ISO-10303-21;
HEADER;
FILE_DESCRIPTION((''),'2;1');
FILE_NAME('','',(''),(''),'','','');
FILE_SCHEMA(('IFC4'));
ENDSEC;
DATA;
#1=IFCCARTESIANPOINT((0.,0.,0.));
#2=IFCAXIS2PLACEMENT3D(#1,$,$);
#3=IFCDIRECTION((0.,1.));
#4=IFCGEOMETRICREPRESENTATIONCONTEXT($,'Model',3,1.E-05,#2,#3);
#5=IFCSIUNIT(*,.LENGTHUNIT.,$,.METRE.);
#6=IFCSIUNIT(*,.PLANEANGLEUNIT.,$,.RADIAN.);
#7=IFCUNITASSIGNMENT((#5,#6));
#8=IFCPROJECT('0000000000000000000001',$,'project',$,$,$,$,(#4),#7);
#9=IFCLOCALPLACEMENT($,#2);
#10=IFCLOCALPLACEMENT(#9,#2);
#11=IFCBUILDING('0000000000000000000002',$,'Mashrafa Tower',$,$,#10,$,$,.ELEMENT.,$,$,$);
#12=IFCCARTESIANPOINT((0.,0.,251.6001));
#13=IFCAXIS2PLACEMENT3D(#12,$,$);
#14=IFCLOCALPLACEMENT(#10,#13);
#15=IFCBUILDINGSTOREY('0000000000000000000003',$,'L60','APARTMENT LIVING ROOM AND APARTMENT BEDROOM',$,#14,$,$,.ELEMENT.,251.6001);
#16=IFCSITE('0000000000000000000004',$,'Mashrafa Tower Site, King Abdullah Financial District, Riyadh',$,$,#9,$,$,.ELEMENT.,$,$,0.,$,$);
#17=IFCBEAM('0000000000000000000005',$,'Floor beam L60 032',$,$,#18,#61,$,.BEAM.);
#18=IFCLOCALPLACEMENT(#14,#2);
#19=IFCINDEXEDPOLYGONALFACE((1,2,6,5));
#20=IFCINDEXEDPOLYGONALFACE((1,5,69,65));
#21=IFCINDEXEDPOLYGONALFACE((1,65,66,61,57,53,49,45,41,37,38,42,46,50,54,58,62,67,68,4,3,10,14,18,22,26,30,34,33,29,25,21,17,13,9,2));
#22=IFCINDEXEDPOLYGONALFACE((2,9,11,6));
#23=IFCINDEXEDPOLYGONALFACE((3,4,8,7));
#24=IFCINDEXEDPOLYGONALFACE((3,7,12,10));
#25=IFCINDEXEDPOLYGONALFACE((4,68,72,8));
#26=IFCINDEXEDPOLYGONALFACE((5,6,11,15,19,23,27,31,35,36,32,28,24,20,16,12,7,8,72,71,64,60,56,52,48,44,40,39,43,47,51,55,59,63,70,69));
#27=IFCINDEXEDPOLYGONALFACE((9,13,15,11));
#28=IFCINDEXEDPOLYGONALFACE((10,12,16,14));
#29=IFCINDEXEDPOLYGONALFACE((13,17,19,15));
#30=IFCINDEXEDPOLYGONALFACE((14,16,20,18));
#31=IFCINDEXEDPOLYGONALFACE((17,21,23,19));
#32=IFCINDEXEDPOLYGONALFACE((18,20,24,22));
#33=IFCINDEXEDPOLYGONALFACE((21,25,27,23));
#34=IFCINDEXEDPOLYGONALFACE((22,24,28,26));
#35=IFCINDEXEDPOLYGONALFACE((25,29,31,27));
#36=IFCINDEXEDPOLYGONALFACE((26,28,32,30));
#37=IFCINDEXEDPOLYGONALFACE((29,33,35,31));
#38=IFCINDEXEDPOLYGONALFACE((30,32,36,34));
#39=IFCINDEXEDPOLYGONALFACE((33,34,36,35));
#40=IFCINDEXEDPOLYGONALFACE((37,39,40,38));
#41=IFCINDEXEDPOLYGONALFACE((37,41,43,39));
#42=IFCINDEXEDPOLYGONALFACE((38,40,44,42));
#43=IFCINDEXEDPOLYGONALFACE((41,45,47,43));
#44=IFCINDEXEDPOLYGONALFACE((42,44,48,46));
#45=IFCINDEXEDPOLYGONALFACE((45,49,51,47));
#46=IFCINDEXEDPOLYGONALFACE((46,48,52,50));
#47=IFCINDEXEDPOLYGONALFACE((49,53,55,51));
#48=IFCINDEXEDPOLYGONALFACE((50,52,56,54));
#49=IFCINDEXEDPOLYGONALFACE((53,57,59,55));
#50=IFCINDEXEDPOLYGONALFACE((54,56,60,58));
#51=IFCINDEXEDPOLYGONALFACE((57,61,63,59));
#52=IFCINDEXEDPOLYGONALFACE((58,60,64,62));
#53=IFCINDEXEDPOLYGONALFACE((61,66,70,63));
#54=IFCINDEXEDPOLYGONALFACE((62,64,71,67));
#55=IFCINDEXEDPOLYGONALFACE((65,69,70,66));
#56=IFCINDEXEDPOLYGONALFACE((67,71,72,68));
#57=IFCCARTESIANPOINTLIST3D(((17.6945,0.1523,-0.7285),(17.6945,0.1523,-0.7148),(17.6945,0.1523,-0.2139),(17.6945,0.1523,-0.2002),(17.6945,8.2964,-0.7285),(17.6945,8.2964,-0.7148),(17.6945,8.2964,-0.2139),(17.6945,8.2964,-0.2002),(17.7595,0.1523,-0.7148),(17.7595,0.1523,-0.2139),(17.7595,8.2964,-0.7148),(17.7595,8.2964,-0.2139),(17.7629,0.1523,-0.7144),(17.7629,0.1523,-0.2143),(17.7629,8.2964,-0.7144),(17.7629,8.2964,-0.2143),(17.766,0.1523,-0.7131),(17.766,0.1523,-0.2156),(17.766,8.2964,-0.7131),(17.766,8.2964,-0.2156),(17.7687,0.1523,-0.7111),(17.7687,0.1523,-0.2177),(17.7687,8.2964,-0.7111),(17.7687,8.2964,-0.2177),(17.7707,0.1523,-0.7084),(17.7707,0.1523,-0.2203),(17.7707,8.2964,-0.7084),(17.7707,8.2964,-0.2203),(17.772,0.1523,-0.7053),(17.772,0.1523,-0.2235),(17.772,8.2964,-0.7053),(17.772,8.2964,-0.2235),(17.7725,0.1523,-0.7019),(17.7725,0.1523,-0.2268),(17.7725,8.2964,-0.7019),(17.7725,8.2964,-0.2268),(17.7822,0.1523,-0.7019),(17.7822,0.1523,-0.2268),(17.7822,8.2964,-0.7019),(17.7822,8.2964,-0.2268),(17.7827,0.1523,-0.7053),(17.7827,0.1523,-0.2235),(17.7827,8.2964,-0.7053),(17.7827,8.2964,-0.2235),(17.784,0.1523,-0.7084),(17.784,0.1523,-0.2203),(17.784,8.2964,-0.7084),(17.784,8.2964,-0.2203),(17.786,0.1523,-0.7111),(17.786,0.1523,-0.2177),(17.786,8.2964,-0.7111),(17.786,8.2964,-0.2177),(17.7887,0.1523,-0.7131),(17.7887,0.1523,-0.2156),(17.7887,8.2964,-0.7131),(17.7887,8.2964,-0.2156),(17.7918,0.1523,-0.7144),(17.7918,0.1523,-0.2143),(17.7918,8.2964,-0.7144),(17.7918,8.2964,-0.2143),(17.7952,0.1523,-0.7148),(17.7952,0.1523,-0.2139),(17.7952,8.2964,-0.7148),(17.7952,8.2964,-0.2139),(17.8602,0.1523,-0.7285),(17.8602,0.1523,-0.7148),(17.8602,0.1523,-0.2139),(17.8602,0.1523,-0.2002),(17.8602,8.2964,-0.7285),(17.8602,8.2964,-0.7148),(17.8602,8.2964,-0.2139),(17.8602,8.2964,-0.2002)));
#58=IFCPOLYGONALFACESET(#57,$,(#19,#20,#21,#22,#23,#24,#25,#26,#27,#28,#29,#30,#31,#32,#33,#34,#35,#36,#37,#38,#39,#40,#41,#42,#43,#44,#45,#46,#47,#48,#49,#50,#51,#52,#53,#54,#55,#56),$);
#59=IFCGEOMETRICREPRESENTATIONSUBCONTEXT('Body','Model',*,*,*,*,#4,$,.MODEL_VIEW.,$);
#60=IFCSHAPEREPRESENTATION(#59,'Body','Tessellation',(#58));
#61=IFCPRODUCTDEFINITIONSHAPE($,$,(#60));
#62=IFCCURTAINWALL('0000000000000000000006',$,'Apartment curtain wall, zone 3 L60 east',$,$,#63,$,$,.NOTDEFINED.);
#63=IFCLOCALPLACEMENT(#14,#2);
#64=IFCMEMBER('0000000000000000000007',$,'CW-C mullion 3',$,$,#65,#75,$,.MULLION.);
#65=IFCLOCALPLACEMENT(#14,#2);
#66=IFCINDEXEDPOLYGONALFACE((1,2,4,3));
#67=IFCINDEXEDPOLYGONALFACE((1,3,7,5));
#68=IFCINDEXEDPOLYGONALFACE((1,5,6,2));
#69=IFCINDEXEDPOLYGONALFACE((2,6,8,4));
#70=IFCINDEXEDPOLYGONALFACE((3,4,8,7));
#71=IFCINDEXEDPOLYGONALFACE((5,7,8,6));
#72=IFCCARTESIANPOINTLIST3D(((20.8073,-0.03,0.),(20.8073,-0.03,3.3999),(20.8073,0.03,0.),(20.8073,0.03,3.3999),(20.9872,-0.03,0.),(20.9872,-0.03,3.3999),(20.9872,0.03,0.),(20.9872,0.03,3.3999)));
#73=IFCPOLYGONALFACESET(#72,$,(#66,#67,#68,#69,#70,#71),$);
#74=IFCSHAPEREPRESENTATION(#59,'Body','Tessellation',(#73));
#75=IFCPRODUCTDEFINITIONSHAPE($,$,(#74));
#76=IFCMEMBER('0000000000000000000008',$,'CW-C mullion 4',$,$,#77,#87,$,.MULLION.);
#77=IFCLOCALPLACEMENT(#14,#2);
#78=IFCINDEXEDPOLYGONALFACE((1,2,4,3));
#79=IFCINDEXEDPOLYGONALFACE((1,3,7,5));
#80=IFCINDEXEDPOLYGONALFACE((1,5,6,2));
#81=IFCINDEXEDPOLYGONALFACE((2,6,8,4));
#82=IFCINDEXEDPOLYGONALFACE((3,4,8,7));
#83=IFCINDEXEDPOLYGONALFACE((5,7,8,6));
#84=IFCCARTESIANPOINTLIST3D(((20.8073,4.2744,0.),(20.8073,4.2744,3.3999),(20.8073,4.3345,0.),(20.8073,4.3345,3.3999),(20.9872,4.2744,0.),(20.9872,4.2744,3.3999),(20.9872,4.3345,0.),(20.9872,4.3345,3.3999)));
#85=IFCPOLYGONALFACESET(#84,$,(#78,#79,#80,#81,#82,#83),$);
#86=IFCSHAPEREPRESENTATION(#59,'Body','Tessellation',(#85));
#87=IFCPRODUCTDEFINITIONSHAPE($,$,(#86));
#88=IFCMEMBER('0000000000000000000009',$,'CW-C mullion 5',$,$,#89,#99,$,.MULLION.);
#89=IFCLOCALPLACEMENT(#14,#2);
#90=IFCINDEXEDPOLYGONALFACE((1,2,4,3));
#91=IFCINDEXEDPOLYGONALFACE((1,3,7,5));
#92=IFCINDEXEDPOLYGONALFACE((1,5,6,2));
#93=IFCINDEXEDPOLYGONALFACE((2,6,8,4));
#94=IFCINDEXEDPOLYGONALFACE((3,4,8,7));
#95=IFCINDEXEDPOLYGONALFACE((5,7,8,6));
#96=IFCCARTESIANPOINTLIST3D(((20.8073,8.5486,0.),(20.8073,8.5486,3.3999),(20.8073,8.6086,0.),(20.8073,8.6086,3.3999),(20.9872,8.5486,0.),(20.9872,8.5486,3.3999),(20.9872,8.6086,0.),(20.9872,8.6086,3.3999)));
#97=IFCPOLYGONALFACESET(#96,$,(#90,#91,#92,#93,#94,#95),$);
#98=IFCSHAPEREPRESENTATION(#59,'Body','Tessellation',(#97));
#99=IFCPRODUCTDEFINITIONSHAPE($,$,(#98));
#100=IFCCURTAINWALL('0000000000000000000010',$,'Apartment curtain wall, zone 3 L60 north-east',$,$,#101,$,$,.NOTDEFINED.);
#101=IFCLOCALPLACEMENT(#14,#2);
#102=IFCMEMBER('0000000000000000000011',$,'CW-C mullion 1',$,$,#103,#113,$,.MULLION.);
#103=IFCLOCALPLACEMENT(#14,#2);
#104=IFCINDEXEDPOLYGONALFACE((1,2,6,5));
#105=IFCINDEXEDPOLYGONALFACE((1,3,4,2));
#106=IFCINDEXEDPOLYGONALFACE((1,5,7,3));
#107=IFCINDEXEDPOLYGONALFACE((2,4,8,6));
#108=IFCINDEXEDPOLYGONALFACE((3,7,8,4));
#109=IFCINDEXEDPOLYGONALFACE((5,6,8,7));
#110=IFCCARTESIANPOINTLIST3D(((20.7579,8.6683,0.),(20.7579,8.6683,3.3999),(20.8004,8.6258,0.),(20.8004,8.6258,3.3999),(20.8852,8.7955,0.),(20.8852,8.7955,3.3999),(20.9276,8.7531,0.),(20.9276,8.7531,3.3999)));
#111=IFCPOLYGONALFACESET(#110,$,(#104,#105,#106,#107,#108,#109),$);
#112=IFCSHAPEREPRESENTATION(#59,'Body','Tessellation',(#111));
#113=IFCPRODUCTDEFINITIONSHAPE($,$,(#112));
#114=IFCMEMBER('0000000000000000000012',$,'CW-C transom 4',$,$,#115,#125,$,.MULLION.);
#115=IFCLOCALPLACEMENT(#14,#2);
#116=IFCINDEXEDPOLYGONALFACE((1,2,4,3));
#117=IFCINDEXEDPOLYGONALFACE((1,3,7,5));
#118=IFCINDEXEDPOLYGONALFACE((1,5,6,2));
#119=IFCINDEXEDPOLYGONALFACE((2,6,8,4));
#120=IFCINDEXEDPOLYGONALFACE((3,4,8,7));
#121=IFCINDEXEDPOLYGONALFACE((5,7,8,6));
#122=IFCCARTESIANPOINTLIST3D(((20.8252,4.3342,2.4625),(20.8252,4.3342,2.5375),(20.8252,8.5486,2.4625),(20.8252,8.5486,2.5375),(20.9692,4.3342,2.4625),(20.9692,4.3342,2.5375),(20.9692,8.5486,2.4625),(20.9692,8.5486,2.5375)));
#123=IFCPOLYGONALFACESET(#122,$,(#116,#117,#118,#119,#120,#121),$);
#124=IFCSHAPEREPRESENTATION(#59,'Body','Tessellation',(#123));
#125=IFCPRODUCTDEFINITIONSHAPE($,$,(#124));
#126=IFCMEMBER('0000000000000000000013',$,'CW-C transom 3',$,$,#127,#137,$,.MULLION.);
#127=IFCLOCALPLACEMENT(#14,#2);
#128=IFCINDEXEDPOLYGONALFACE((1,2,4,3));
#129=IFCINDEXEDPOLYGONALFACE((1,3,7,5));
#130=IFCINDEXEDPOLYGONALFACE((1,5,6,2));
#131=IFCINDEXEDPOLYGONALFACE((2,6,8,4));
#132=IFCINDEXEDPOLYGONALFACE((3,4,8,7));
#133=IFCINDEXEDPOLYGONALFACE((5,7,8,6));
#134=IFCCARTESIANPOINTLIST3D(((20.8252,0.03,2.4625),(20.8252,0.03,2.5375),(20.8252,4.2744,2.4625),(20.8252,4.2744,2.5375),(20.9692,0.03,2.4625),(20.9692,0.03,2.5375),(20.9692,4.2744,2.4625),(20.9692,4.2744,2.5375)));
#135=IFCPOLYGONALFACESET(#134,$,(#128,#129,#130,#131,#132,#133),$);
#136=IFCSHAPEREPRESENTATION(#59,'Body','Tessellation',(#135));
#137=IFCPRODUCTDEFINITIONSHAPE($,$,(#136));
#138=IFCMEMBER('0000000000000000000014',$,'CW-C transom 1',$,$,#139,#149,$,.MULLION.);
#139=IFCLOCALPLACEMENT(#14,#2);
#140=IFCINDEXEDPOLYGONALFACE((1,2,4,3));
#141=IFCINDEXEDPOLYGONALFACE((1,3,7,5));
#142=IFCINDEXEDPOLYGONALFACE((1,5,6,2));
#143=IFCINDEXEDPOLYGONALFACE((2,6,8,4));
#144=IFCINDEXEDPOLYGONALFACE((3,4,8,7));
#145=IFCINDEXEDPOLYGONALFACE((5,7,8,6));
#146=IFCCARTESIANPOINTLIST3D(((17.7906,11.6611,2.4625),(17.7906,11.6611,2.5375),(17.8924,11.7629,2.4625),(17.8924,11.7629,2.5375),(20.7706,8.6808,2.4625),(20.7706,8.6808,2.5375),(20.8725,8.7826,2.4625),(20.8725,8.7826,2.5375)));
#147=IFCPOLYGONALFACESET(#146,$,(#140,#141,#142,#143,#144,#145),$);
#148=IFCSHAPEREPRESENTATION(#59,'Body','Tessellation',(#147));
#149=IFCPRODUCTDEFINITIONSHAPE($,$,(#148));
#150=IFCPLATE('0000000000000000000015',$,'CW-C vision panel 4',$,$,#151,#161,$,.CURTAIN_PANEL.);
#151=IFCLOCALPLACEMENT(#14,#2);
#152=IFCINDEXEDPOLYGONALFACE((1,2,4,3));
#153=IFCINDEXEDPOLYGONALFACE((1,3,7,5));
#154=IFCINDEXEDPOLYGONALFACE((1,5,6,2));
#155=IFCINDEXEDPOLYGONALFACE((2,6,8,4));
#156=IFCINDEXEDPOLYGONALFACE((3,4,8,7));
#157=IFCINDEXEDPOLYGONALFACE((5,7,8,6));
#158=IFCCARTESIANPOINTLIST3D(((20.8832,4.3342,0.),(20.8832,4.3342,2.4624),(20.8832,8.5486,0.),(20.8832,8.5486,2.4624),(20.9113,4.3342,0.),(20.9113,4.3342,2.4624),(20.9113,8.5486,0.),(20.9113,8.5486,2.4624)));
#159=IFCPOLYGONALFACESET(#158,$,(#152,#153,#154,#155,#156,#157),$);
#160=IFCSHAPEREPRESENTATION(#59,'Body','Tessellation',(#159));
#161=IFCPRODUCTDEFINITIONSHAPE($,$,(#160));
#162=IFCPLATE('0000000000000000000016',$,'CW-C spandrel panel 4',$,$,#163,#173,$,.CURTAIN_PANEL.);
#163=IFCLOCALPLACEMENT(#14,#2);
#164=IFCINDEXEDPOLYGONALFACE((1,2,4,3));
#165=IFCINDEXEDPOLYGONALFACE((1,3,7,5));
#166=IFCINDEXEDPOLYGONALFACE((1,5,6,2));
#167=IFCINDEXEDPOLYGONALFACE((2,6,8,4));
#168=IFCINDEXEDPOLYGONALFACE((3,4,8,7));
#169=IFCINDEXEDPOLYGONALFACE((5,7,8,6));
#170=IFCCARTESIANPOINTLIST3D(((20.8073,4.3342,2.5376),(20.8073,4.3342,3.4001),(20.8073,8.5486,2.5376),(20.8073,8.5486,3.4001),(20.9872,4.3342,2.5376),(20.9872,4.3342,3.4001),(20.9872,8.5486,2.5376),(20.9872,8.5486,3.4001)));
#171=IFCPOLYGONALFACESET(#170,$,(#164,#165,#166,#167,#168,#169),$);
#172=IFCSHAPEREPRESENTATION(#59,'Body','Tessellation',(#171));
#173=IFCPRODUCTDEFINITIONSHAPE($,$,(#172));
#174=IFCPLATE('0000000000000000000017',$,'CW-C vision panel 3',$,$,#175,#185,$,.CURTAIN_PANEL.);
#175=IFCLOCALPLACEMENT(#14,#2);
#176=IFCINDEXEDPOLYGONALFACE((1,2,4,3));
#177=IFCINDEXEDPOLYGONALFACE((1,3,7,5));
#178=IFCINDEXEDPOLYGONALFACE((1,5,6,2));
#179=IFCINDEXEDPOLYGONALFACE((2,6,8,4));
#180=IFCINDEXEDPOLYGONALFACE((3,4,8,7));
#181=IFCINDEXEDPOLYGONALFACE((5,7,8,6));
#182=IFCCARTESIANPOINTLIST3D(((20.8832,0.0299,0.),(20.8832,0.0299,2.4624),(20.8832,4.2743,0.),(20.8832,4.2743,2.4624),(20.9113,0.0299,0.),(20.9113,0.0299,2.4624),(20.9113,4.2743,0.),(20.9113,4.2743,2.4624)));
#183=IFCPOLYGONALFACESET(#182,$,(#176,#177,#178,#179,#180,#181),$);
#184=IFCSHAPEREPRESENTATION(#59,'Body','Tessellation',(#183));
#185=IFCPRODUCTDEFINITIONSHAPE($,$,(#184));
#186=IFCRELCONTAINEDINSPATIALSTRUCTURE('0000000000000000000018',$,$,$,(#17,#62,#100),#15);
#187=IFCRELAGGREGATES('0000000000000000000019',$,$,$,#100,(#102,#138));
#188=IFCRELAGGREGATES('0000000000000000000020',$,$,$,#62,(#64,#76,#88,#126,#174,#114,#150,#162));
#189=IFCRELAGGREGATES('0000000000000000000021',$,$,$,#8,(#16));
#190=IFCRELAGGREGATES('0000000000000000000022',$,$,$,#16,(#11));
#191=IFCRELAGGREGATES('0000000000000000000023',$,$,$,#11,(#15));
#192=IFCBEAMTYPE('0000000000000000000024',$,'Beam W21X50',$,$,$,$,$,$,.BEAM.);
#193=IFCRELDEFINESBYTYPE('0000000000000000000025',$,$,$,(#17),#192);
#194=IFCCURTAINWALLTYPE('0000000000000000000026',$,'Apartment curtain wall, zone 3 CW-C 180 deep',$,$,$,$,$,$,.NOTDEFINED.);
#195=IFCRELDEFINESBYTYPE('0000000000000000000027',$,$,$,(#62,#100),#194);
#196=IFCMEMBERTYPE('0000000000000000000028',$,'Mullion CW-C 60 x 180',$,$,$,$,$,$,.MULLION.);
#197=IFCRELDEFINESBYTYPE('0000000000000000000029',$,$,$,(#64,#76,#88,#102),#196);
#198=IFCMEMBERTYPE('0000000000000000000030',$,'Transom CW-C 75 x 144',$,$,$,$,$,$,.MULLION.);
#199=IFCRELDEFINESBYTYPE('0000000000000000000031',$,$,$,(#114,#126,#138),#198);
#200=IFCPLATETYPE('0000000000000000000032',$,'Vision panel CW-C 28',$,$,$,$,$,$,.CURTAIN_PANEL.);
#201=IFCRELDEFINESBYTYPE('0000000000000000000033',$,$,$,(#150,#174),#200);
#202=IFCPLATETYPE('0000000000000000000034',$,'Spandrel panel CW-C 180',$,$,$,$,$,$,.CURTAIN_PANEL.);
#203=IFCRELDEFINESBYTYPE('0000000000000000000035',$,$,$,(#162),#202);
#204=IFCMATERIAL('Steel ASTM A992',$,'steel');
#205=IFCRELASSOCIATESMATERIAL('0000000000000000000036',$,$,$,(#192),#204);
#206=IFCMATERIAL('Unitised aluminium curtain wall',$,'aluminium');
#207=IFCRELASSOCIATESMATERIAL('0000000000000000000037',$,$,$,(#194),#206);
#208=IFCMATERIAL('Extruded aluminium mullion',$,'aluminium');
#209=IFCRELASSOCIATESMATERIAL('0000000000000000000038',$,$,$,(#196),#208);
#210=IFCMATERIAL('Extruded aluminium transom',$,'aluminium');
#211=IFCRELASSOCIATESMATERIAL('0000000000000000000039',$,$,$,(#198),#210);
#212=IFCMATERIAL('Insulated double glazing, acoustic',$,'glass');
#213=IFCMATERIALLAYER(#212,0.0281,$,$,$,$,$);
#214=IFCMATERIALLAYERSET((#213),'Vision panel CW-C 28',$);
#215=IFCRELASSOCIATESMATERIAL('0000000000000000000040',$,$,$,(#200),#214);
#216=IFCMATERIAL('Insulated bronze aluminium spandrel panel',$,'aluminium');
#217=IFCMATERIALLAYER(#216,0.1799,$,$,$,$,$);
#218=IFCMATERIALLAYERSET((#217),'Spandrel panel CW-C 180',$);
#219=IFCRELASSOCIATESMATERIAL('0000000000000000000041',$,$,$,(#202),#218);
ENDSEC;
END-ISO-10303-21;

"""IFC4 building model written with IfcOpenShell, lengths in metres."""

from ifc_helpers import new_model, si_unit, direction, frame, origin, origin_2d, place, context, subcontext, project, spatial, rectangle, i_section, extrude, source, transform, mapped, material, layer, layer_set, material_profile, profile_set, type_object, type_shapes, element, aggregate, save


model = new_model("IFC4")

# Units and contexts
model_context = context("Model", 3, precision=1e-05, world=origin(), true_north=direction((0.0, 1.0)))
body_context = subcontext(model_context, "Body", "Model", "MODEL_VIEW")
ifc_project = project(units=[si_unit("LENGTHUNIT", "METRE"), si_unit("PLANEANGLEUNIT", "RADIAN")], contexts=[model_context])

# Site, building, storey
site_placement = place(None, origin())
site = spatial("IfcSite", under=ifc_project, at=site_placement, Name="Mashrafa Tower Site, King Abdullah Financial District, Riyadh", CompositionType="ELEMENT", RefElevation=0.0)
building_placement = place(site_placement, origin())
building = spatial("IfcBuilding", under=site, at=building_placement, Name="Mashrafa Tower", CompositionType="ELEMENT")
storey_placement = place(building_placement, frame((0.0, 0.0, 251.6001)))
storey = spatial("IfcBuildingStorey", under=building, at=storey_placement, Name="L60", Description="APARTMENT LIVING ROOM AND APARTMENT BEDROOM", CompositionType="ELEMENT", Elevation=251.6001)

# Beam
ifc_material_1 = material(Name="Steel ASTM A992", Category="steel")
ifc_material_profile_1 = material_profile(ifc_material_1, i_section(OverallWidth=0.1658, OverallDepth=0.5283, WebThickness=0.0098, FlangeThickness=0.0137, FilletRadius=0.0129, at=origin_2d()), Name="W21X50")
ifc_profile_set_1 = profile_set([ifc_material_profile_1], Name="Steel ASTM A992")
beam_type_1 = type_object("IfcBeamType", Name="Beam W21X50", PredefinedType="BEAM", material=ifc_profile_set_1)
beam_1_placement = place(storey_placement, frame((17.7773, 8.2964, -0.4644), z_axis=(0.0, -1.0, 0.0), x_axis=(1.0, 0.0, 0.0)))
element("IfcBeam", 1, at=beam_1_placement, inside=storey, type_object=beam_type_1, Name="Floor beam L60 032", PredefinedType="BEAM", context=body_context, shape_type="SweptSolid", body=[
    extrude(i_section(OverallWidth=0.1658, OverallDepth=0.5283, WebThickness=0.0098, FlangeThickness=0.0137, FilletRadius=0.0129, at=origin_2d()), origin(), (0.0, 0.0, 1.0), 8.144),
])

# Curtain wall, members
ifc_material_2 = material(Name="Unitised aluminium curtain wall", Category="aluminium")
curtain_wall_type = type_object("IfcCurtainWallType", Name="Apartment curtain wall, zone 3 CW-C 180 deep", PredefinedType="NOTDEFINED", material=ifc_material_2)
curtain_wall_1_placement = place(storey_placement, origin())
curtain_wall_1 = element("IfcCurtainWall", 2, at=curtain_wall_1_placement, inside=storey, type_object=curtain_wall_type, Name="Apartment curtain wall, zone 3 L60 east", PredefinedType="NOTDEFINED")
ifc_material_3 = material(Name="Extruded aluminium mullion", Category="aluminium")
ifc_material_profile_2 = material_profile(ifc_material_3, rectangle(XDim=0.1799, YDim=0.0601, at=origin_2d()), Name="Mullion 60x180")
ifc_profile_set_2 = profile_set([ifc_material_profile_2], Name="Extruded aluminium mullion")
member_type_1 = type_object("IfcMemberType", Name="Mullion CW-C 60 x 180", PredefinedType="MULLION", material=ifc_profile_set_2)
shared_shape_1 = source(origin(), body_context, "Body", "SweptSolid", [
    extrude(rectangle(XDim=0.1799, YDim=0.0601, at=origin_2d()), origin(), (0.0, 0.0, 1.0), 3.3999),
])
type_shapes(member_type_1, [shared_shape_1])
member_1_placement = place(storey_placement, frame((20.8972, 0.0, 0.0), z_axis=(0.0, 0.0, 1.0), x_axis=(-1.0, 0.0, 0.0)))
member_1 = element("IfcMember", 3, at=member_1_placement, type_object=member_type_1, Name="CW-C mullion 3", PredefinedType="MULLION", context=body_context, shape_type="MappedRepresentation", body=[
    mapped(shared_shape_1, transform((0.0, 0.0, 0.0))),
])
member_2_placement = place(storey_placement, frame((20.8972, 4.3044, 0.0), z_axis=(0.0, 0.0, 1.0), x_axis=(-1.0, 0.0, 0.0)))
member_2 = element("IfcMember", 4, at=member_2_placement, type_object=member_type_1, Name="CW-C mullion 4", PredefinedType="MULLION", context=body_context, shape_type="MappedRepresentation", body=[
    mapped(shared_shape_1, transform((0.0, 0.0, 0.0))),
])
member_3_placement = place(storey_placement, frame((20.8972, 8.5786, 0.0), z_axis=(0.0, 0.0, 1.0), x_axis=(-1.0, 0.0, 0.0)))
member_3 = element("IfcMember", 5, at=member_3_placement, type_object=member_type_1, Name="CW-C mullion 5", PredefinedType="MULLION", context=body_context, shape_type="MappedRepresentation", body=[
    mapped(shared_shape_1, transform((0.0, 0.0, 0.0))),
])

# Curtain wall, member
curtain_wall_2_placement = place(storey_placement, origin())
curtain_wall_2 = element("IfcCurtainWall", 6, at=curtain_wall_2_placement, inside=storey, type_object=curtain_wall_type, Name="Apartment curtain wall, zone 3 L60 north-east", PredefinedType="NOTDEFINED")
member_4_placement = place(storey_placement, frame((20.8428, 8.7107, 0.0), z_axis=(0.0, 0.0, 1.0), x_axis=(-0.707107, -0.707107, 0.0)))
member_4 = element("IfcMember", 7, at=member_4_placement, type_object=member_type_1, Name="CW-C mullion 1", PredefinedType="MULLION", context=body_context, shape_type="MappedRepresentation", body=[
    mapped(shared_shape_1, transform((0.0, 0.0, 0.0))),
])

# Members
ifc_material_4 = material(Name="Extruded aluminium transom", Category="aluminium")
ifc_material_profile_3 = material_profile(ifc_material_4, rectangle(XDim=0.144, YDim=0.075, at=origin_2d()), Name="Transom 75x144")
ifc_profile_set_3 = profile_set([ifc_material_profile_3], Name="Extruded aluminium transom")
member_type_2 = type_object("IfcMemberType", Name="Transom CW-C 75 x 144", PredefinedType="MULLION", material=ifc_profile_set_3)
shared_shape_2 = source(origin(), body_context, "Body", "SweptSolid", [
    extrude(rectangle(XDim=0.144, YDim=0.075, at=origin_2d()), origin(), (0.0, 0.0, 1.0), 4.2144),
])
member_5_placement = place(storey_placement, frame((20.8972, 4.3342, 2.5), z_axis=(0.0, 1.0, 0.0), x_axis=(-1.0, 0.0, 0.0)))
member_5 = element("IfcMember", 8, at=member_5_placement, type_object=member_type_2, Name="CW-C transom 4", PredefinedType="MULLION", context=body_context, shape_type="MappedRepresentation", body=[
    mapped(shared_shape_2, transform((0.0, 0.0, 0.0))),
])
shared_shape_3 = source(origin(), body_context, "Body", "SweptSolid", [
    extrude(rectangle(XDim=0.144, YDim=0.075, at=origin_2d()), origin(), (0.0, 0.0, 1.0), 4.2444),
])
member_6_placement = place(storey_placement, frame((20.8972, 0.03, 2.5), z_axis=(0.0, 1.0, 0.0), x_axis=(-1.0, 0.0, 0.0)))
member_6 = element("IfcMember", 9, at=member_6_placement, type_object=member_type_2, Name="CW-C transom 3", PredefinedType="MULLION", context=body_context, shape_type="MappedRepresentation", body=[
    mapped(shared_shape_3, transform((0.0, 0.0, 0.0))),
])
shared_shape_4 = source(origin(), body_context, "Body", "SweptSolid", [
    extrude(rectangle(XDim=0.144, YDim=0.075, at=origin_2d()), origin(), (0.0, 0.0, 1.0), 4.2146),
])
type_shapes(member_type_2, [shared_shape_2, shared_shape_3, shared_shape_4])
member_7_placement = place(storey_placement, frame((20.8215, 8.7317, 2.5), z_axis=(-0.707078, 0.707136, 0.0), x_axis=(-0.707136, -0.707078, 0.0)))
member_7 = element("IfcMember", 10, at=member_7_placement, type_object=member_type_2, Name="CW-C transom 1", PredefinedType="MULLION", context=body_context, shape_type="MappedRepresentation", body=[
    mapped(shared_shape_4, transform((0.0, 0.0, 0.0))),
])
aggregate(curtain_wall_2, [member_4, member_7])

# Plates
ifc_material_5 = material(Name="Insulated double glazing, acoustic", Category="glass")
ifc_layer_1 = layer(ifc_material_5, 0.0281)
ifc_layer_set_1 = layer_set([ifc_layer_1], Name="Vision panel CW-C 28")
plate_type_1 = type_object("IfcPlateType", Name="Vision panel CW-C 28", PredefinedType="CURTAIN_PANEL", material=ifc_layer_set_1)
shared_shape_5 = source(origin(), body_context, "Body", "SweptSolid", [
    extrude(rectangle(XDim=4.2144, YDim=0.0281, at=origin_2d()), origin(), (0.0, 0.0, 1.0), 2.4624),
])
plate_1_placement = place(storey_placement, frame((20.8972, 6.4414, 0.0), z_axis=(0.0, 0.0, 1.0), x_axis=(0.0, 1.0, 0.0)))
plate_1 = element("IfcPlate", 11, at=plate_1_placement, type_object=plate_type_1, Name="CW-C vision panel 4", PredefinedType="CURTAIN_PANEL", context=body_context, shape_type="MappedRepresentation", body=[
    mapped(shared_shape_5, transform((0.0, 0.0, 0.0))),
])
ifc_material_6 = material(Name="Insulated bronze aluminium spandrel panel", Category="aluminium")
ifc_layer_2 = layer(ifc_material_6, 0.1799)
ifc_layer_set_2 = layer_set([ifc_layer_2], Name="Spandrel panel CW-C 180")
plate_type_2 = type_object("IfcPlateType", Name="Spandrel panel CW-C 180", PredefinedType="CURTAIN_PANEL", material=ifc_layer_set_2)
shared_shape_6 = source(origin(), body_context, "Body", "SweptSolid", [
    extrude(rectangle(XDim=4.2144, YDim=0.1799, at=origin_2d()), origin(), (0.0, 0.0, 1.0), 0.8625),
])
plate_2_placement = place(storey_placement, frame((20.8972, 6.4414, 2.5376), z_axis=(0.0, 0.0, 1.0), x_axis=(0.0, 1.0, 0.0)))
plate_2 = element("IfcPlate", 12, at=plate_2_placement, type_object=plate_type_2, Name="CW-C spandrel panel 4", PredefinedType="CURTAIN_PANEL", context=body_context, shape_type="MappedRepresentation", body=[
    mapped(shared_shape_6, transform((0.0, 0.0, 0.0))),
])
shared_shape_7 = source(origin(), body_context, "Body", "SweptSolid", [
    extrude(rectangle(XDim=4.2444, YDim=0.0281, at=origin_2d()), origin(), (0.0, 0.0, 1.0), 2.4624),
])
type_shapes(plate_type_1, [shared_shape_5, shared_shape_7])
plate_3_placement = place(storey_placement, frame((20.8972, 2.1521, 0.0), z_axis=(0.0, 0.0, 1.0), x_axis=(0.0, 1.0, 0.0)))
plate_3 = element("IfcPlate", 13, at=plate_3_placement, type_object=plate_type_1, Name="CW-C vision panel 3", PredefinedType="CURTAIN_PANEL", context=body_context, shape_type="MappedRepresentation", body=[
    mapped(shared_shape_7, transform((0.0, 0.0, 0.0))),
])
aggregate(curtain_wall_1, [member_1, member_2, member_3, member_6, plate_3, member_5, plate_1, plate_2])

save(model, "model.ifc")
